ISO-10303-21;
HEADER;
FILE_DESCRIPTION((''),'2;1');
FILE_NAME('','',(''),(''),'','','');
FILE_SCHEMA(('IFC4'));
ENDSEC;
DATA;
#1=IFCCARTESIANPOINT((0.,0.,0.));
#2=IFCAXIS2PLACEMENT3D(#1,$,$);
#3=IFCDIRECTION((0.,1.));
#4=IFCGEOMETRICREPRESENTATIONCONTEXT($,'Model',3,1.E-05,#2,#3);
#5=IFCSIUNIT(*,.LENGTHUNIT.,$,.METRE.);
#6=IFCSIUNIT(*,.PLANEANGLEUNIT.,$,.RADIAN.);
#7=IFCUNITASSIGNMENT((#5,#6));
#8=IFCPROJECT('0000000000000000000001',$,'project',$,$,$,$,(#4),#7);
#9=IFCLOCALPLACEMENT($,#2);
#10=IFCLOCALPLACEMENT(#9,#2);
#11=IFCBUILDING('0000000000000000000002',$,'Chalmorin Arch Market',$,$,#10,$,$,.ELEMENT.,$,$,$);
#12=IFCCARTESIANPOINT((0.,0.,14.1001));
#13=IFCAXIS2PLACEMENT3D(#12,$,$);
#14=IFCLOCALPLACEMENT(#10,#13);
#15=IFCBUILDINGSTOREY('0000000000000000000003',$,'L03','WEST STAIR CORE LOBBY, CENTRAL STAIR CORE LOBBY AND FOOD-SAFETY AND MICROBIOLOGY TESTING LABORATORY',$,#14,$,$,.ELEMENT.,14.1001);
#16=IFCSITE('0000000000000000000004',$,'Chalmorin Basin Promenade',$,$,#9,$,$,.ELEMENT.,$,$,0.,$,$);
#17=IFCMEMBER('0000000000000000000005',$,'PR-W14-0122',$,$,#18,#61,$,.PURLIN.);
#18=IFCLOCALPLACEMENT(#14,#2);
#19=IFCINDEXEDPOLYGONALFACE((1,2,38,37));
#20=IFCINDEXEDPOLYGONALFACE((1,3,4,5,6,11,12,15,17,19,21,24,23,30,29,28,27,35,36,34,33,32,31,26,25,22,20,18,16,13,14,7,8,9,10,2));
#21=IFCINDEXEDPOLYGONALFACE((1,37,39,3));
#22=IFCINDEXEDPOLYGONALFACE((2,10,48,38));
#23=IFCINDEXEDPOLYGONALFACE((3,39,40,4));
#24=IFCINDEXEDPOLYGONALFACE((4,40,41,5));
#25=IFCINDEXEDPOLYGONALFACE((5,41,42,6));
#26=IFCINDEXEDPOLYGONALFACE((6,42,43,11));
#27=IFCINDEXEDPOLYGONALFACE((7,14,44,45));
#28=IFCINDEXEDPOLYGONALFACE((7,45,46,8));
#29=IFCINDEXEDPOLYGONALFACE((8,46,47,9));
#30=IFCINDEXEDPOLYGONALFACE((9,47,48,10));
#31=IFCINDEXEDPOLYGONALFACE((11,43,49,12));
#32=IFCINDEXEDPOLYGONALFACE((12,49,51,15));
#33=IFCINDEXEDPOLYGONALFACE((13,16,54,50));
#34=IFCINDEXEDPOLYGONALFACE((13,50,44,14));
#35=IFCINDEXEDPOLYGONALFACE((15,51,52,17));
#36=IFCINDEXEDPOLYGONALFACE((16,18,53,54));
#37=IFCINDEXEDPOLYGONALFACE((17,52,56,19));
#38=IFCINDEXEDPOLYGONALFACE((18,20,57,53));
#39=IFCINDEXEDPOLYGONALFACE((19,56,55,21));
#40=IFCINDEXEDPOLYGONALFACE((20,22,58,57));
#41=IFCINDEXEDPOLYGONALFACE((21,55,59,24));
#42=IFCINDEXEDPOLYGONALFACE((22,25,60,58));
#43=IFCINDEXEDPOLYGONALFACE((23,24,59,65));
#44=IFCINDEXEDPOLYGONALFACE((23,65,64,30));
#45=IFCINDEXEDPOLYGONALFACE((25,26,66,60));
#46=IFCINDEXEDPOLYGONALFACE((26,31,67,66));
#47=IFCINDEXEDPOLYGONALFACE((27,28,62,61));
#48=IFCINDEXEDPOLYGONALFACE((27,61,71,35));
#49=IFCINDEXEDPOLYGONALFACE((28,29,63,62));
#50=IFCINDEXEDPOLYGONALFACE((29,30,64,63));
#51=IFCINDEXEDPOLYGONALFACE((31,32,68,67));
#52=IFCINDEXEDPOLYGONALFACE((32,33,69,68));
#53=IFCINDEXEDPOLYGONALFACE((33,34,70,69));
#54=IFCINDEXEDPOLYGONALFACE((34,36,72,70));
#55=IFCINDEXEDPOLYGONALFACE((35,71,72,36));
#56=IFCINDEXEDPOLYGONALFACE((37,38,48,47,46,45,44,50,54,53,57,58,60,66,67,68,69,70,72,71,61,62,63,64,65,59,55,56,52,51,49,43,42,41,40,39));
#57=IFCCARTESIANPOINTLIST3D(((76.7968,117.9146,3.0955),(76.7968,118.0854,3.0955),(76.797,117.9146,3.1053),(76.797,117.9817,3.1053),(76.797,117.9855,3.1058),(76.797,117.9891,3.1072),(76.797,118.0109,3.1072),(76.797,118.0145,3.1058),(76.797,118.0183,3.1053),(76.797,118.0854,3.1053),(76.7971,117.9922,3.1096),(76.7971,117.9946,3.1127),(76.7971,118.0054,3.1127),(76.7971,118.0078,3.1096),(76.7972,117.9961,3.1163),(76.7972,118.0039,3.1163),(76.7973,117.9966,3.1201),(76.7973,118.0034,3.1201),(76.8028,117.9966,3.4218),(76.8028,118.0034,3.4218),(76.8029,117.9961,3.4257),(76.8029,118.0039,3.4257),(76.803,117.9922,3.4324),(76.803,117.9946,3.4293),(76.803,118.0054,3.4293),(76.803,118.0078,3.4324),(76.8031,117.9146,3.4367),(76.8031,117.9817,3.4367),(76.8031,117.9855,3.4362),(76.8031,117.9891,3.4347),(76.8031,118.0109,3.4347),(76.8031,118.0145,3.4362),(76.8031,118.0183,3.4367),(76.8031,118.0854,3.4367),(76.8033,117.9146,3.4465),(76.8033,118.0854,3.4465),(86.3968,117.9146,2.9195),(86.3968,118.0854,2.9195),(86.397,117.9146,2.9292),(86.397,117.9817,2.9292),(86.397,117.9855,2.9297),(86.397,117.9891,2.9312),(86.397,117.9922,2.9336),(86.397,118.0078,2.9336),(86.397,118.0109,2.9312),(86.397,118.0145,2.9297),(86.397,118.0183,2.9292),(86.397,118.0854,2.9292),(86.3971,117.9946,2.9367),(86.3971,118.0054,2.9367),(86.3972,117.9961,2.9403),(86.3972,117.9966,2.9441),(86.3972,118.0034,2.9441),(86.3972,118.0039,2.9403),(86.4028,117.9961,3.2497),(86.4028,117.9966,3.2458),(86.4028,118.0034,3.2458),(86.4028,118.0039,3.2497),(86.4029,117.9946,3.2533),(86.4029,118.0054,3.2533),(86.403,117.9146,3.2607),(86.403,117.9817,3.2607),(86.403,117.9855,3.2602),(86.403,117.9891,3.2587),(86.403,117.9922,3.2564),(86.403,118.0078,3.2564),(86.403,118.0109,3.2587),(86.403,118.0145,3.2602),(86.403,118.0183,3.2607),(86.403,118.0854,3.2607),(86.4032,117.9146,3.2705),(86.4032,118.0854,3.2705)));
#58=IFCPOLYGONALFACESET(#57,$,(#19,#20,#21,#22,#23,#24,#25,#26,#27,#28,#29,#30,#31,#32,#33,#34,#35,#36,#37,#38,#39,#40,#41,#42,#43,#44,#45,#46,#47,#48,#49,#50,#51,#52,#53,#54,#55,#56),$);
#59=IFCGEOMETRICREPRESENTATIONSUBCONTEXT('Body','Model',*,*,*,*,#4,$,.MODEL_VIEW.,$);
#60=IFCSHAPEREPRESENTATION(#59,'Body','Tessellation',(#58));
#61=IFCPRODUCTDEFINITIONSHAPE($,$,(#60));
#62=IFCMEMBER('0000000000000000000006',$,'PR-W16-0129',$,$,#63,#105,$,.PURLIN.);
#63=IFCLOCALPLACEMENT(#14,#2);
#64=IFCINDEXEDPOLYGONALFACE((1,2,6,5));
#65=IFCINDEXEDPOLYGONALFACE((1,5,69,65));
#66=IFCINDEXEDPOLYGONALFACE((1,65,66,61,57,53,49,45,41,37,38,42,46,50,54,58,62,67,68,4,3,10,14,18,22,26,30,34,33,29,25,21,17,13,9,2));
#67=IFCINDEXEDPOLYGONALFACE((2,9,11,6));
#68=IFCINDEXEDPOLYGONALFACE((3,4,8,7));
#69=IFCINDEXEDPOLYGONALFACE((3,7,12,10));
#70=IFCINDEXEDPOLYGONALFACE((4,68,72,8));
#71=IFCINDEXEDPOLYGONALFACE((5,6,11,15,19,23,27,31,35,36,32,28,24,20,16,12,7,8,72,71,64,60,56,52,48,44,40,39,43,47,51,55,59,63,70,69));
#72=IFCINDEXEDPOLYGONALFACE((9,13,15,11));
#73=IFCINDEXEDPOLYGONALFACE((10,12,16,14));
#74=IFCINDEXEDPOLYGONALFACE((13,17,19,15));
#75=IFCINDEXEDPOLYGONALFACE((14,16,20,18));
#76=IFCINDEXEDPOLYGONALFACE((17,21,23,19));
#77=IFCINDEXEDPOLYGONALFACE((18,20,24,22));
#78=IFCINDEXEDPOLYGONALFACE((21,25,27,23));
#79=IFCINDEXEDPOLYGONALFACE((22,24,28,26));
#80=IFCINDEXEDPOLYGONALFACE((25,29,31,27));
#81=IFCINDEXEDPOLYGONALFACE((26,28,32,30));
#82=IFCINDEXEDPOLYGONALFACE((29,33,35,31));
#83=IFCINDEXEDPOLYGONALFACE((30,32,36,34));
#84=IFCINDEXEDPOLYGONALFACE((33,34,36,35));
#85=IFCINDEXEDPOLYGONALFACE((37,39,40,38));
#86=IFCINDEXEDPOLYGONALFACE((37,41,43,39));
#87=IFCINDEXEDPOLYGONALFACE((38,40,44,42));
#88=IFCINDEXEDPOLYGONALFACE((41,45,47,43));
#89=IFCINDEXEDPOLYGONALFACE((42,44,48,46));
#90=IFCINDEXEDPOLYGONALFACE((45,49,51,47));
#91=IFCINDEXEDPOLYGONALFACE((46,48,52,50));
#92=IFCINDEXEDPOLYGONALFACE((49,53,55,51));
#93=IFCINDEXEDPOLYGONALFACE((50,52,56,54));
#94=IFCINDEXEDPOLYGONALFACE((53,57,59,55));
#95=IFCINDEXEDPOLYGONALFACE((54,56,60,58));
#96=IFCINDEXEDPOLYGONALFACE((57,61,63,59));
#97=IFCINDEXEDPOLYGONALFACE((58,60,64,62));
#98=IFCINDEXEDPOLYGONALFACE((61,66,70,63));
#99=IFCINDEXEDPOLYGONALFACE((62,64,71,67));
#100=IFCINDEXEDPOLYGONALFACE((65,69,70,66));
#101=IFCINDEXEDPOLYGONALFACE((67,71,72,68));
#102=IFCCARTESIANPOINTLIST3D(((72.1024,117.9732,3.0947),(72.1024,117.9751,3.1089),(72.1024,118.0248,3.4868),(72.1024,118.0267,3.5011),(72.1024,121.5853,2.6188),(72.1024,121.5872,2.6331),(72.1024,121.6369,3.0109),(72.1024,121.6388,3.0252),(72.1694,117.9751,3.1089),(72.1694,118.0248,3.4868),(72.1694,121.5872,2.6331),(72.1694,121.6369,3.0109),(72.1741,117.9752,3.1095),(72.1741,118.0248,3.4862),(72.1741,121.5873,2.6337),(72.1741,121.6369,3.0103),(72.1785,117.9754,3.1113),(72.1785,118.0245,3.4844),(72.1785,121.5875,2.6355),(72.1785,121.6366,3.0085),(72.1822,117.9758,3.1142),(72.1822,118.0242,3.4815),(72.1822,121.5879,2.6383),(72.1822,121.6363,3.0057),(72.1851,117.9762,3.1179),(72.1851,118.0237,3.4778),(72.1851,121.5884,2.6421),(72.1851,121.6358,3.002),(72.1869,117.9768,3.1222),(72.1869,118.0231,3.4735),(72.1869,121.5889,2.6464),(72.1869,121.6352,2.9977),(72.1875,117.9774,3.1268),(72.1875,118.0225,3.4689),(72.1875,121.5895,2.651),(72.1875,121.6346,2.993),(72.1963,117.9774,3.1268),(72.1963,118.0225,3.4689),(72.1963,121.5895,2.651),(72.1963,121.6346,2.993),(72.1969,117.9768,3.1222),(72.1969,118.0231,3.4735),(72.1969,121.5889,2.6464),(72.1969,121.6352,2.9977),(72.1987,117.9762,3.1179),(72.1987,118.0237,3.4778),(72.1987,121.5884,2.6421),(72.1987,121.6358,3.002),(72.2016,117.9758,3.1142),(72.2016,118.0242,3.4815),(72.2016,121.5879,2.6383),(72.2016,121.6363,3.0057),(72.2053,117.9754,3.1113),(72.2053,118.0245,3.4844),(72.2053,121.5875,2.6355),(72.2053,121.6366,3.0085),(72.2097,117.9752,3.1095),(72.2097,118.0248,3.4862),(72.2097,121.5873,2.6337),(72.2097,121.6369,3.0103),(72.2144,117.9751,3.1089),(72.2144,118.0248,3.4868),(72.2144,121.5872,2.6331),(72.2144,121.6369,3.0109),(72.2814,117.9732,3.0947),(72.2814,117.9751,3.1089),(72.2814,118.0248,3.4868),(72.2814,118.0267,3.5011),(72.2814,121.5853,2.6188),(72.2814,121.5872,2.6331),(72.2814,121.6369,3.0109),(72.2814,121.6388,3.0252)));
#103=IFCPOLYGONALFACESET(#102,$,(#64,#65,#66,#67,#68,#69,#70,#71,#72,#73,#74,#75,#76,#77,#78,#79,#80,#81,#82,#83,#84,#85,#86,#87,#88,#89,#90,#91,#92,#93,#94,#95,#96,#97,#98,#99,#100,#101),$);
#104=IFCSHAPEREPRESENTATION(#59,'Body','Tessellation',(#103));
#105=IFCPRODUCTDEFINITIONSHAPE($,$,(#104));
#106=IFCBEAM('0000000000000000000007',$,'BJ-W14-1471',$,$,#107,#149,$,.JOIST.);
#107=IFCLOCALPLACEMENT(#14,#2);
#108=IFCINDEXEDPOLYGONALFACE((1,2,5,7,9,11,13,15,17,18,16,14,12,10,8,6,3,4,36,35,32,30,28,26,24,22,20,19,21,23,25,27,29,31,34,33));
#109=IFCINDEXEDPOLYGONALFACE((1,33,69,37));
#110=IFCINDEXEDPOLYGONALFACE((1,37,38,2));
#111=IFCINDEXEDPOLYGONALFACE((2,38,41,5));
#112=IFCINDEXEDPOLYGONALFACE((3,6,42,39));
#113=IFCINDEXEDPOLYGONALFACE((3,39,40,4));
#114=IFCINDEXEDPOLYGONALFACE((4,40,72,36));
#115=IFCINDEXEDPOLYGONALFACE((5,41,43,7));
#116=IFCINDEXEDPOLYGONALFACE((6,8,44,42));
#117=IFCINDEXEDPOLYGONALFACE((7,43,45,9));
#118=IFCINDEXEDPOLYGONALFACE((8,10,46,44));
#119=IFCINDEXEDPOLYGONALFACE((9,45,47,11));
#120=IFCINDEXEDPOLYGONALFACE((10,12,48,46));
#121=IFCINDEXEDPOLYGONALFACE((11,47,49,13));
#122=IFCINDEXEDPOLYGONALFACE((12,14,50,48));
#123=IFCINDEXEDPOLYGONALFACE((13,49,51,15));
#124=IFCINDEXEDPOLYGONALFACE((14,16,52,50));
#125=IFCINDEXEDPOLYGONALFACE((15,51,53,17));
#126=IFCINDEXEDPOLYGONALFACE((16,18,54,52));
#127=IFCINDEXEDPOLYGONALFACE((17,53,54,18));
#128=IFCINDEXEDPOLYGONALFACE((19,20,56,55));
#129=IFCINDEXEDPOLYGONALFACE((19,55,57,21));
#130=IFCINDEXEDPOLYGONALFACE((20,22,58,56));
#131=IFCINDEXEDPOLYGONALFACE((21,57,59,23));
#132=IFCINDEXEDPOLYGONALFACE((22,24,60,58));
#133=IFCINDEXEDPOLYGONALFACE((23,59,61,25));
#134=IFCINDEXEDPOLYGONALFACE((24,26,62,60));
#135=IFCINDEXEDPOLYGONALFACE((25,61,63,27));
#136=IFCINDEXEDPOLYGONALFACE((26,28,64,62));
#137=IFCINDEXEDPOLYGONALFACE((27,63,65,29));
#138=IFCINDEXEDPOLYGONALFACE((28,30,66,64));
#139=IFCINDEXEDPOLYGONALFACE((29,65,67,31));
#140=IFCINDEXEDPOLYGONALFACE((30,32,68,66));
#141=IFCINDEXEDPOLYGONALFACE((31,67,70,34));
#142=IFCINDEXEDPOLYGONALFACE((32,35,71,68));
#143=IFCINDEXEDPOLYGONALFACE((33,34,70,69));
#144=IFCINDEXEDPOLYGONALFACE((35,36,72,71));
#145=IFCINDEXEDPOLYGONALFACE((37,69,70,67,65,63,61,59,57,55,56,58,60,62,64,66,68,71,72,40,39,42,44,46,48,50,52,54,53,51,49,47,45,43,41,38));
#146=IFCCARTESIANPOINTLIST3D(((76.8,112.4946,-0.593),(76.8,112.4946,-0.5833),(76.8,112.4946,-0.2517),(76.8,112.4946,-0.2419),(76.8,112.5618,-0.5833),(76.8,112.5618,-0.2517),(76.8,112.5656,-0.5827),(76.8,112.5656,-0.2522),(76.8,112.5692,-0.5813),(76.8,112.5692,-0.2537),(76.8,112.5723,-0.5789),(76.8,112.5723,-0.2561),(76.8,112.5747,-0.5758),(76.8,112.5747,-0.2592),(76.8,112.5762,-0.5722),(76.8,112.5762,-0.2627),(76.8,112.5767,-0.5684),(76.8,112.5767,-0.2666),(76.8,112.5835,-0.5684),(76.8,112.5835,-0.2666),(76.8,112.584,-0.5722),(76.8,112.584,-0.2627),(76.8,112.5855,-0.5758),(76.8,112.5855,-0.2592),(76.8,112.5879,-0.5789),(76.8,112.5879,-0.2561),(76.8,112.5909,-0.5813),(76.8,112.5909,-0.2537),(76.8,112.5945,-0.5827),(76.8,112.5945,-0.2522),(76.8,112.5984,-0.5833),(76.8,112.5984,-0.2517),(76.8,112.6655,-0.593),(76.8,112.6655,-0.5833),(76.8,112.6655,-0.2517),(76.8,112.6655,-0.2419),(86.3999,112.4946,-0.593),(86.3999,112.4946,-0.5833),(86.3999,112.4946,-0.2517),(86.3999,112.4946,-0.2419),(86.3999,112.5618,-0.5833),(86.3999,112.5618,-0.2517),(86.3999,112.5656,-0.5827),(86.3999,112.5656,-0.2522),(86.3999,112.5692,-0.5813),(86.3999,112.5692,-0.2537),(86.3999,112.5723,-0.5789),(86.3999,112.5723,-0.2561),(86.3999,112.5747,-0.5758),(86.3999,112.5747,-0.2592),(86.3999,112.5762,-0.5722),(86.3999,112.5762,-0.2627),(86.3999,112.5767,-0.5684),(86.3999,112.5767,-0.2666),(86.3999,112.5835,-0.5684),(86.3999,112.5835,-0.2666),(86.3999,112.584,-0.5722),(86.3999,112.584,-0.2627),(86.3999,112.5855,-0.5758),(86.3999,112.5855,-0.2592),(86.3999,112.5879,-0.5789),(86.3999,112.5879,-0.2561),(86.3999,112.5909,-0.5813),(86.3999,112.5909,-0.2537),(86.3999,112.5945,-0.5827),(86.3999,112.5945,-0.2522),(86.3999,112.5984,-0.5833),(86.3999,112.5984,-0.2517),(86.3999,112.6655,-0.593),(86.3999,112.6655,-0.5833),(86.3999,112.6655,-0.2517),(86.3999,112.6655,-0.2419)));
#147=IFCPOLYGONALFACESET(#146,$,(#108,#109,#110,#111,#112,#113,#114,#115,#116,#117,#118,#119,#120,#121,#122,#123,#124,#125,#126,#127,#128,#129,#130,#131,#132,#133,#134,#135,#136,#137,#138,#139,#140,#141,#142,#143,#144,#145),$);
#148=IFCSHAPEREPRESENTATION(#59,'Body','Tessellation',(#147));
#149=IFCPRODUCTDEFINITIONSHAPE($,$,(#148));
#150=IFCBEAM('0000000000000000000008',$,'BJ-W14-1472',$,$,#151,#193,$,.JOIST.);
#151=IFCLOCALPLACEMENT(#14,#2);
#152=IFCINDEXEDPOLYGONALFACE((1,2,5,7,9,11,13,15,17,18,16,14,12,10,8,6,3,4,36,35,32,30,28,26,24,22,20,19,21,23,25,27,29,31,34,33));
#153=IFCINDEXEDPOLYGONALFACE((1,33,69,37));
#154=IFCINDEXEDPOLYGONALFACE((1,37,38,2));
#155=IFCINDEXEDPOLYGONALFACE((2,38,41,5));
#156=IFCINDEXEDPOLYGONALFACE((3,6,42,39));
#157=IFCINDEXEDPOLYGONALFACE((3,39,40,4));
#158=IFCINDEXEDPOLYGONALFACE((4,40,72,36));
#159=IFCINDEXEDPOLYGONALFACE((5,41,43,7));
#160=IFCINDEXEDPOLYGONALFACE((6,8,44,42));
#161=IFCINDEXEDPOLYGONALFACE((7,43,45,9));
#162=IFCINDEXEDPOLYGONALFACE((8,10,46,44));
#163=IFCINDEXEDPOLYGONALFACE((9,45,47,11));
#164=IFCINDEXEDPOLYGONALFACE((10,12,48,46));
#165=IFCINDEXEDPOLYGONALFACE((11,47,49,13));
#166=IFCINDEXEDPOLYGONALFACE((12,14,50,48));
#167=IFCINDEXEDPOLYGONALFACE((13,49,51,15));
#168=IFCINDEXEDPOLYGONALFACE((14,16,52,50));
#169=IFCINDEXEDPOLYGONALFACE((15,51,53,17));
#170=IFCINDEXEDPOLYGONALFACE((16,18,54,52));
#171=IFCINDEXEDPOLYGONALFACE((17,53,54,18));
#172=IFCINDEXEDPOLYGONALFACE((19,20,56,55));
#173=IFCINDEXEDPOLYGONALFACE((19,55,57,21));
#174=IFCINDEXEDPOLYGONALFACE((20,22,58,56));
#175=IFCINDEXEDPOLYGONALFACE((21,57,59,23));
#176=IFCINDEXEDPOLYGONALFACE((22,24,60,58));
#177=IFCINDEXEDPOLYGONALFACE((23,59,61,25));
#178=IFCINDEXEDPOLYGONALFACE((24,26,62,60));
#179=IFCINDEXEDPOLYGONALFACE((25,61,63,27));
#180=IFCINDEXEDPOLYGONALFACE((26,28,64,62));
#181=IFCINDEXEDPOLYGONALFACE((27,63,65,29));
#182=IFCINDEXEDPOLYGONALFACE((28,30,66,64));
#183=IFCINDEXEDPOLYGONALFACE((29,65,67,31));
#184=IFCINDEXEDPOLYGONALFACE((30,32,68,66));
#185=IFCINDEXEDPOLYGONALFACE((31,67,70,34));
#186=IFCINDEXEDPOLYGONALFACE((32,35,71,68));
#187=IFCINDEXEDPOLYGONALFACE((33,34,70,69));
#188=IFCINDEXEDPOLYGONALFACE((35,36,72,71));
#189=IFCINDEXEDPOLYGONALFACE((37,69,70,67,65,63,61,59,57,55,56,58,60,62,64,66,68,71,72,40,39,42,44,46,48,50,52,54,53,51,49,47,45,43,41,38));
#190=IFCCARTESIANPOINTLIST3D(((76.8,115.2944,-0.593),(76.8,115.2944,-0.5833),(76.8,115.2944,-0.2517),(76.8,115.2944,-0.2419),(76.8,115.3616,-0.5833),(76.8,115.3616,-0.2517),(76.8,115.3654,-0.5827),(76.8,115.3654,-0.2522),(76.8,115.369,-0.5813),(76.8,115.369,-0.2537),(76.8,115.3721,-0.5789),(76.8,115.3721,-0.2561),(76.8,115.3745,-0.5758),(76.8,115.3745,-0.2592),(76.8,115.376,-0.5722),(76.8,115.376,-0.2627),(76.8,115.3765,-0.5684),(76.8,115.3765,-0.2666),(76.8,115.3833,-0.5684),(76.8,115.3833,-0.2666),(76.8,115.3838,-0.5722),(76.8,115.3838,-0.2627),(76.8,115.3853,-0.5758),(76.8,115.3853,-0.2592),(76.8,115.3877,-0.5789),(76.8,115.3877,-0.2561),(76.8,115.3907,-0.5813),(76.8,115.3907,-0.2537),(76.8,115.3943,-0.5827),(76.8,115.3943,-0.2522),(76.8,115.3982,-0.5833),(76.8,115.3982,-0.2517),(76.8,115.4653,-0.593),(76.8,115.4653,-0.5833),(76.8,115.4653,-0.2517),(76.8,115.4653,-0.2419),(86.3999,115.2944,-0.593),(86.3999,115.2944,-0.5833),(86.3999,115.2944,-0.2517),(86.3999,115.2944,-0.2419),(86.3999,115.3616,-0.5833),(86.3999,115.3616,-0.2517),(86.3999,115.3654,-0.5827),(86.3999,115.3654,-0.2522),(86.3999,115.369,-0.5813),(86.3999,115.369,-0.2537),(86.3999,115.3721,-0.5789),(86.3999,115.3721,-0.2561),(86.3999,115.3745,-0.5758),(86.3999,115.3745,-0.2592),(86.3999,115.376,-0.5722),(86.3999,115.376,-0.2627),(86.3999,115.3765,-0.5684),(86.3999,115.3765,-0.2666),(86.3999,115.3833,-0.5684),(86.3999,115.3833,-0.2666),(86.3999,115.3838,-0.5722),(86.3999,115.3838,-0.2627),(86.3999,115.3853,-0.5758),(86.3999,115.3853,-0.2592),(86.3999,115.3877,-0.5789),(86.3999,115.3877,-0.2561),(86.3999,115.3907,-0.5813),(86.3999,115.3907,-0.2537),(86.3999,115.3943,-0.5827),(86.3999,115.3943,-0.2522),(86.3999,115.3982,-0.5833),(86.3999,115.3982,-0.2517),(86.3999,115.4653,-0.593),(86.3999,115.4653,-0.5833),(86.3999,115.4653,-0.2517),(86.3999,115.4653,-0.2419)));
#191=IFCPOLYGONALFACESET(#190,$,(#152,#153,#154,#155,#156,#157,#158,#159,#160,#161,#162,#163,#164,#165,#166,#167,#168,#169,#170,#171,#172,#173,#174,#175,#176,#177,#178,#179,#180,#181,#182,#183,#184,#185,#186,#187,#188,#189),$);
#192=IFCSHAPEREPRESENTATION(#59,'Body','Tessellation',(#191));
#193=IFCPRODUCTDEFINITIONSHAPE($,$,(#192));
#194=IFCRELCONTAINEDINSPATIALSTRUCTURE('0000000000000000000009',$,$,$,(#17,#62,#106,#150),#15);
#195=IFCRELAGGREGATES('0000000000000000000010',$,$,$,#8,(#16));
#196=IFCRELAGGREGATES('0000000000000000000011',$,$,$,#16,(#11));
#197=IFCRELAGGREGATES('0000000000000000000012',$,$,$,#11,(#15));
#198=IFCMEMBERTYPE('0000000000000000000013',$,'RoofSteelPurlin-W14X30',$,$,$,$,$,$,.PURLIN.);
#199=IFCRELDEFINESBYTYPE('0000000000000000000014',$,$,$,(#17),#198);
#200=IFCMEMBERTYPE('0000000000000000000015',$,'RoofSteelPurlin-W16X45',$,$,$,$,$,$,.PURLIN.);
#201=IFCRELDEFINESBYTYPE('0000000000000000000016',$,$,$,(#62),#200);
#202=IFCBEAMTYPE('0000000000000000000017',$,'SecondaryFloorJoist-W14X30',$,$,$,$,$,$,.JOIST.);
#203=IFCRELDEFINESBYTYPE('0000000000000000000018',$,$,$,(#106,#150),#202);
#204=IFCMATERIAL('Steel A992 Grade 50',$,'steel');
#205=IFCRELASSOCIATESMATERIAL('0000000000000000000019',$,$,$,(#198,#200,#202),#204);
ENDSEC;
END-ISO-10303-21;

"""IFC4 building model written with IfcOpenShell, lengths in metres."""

from ifc_helpers import new_model, si_unit, direction, frame, origin, origin_2d, place, context, subcontext, project, spatial, i_section, extrude, material, material_profile, profile_set, type_object, element, save


model = new_model("IFC4")

# Units and contexts
model_context = context("Model", 3, precision=1e-05, world=origin(), true_north=direction((0.0, 1.0)))
body_context = subcontext(model_context, "Body", "Model", "MODEL_VIEW")
ifc_project = project(units=[si_unit("LENGTHUNIT", "METRE"), si_unit("PLANEANGLEUNIT", "RADIAN")], contexts=[model_context])

# Site, building, storey
site_placement = place(None, origin())
site = spatial("IfcSite", under=ifc_project, at=site_placement, Name="Chalmorin Basin Promenade", CompositionType="ELEMENT", RefElevation=0.0)
building_placement = place(site_placement, origin())
building = spatial("IfcBuilding", under=site, at=building_placement, Name="Chalmorin Arch Market", CompositionType="ELEMENT")
storey_placement = place(building_placement, frame((0.0, 0.0, 14.1001)))
storey = spatial("IfcBuildingStorey", under=building, at=storey_placement, Name="L03", Description="WEST STAIR CORE LOBBY, CENTRAL STAIR CORE LOBBY AND FOOD-SAFETY AND MICROBIOLOGY TESTING LABORATORY", CompositionType="ELEMENT", Elevation=14.1001)

# Shared definitions
ifc_material_1 = material(Name="Steel A992 Grade 50", Category="steel")

# Members
ifc_material_profile_1 = material_profile(ifc_material_1, i_section(OverallWidth=0.1709, OverallDepth=0.3511, WebThickness=0.0068, FlangeThickness=0.0098, FilletRadius=0.0149, at=origin_2d()), Name="W14X30")
ifc_profile_set_1 = profile_set([ifc_material_profile_1], Name="Steel A992 Grade 50")
member_type_1 = type_object("IfcMemberType", Name="RoofSteelPurlin-W14X30", PredefinedType="PURLIN", material=ifc_profile_set_1)
member_1_placement = place(storey_placement, frame((76.8, 118.0, 3.271), z_axis=(0.999832, 0.0, -0.018333), x_axis=(0.0, 1.0, 0.0)))
element("IfcMember", 1, at=member_1_placement, inside=storey, type_object=member_type_1, Name="PR-W14-0122", PredefinedType="PURLIN", context=body_context, shape_type="SweptSolid", body=[
    extrude(i_section(OverallWidth=0.1709, OverallDepth=0.3511, WebThickness=0.0068, FlangeThickness=0.0098, FilletRadius=0.0149, at=origin_2d()), origin(), (0.0, 0.0, 1.0), 9.6016),
])
ifc_material_profile_2 = material_profile(ifc_material_1, i_section(OverallWidth=0.179, OverallDepth=0.4099, WebThickness=0.0088, FlangeThickness=0.0144, FilletRadius=0.0181, at=origin_2d()), Name="W16X45")
ifc_profile_set_2 = profile_set([ifc_material_profile_2], Name="Steel A992 Grade 50")
member_type_2 = type_object("IfcMemberType", Name="RoofSteelPurlin-W16X45", PredefinedType="PURLIN", material=ifc_profile_set_2)
member_2_placement = place(storey_placement, frame((72.1919, 121.6121, 2.822), z_axis=(0.0, -0.991434, 0.130605), x_axis=(1.0, 0.0, 0.0)))
element("IfcMember", 2, at=member_2_placement, inside=storey, type_object=member_type_2, Name="PR-W16-0129", PredefinedType="PURLIN", context=body_context, shape_type="SweptSolid", body=[
    extrude(i_section(OverallWidth=0.179, OverallDepth=0.4099, WebThickness=0.0088, FlangeThickness=0.0144, FilletRadius=0.0181, at=origin_2d()), origin(), (0.0, 0.0, 1.0), 3.6433),
])

# Beams
ifc_material_profile_3 = material_profile(ifc_material_1, i_section(OverallWidth=0.1709, OverallDepth=0.3511, WebThickness=0.0068, FlangeThickness=0.0098, FilletRadius=0.0149, at=origin_2d()), Name="W14X30")
ifc_profile_set_3 = profile_set([ifc_material_profile_3], Name="Steel A992 Grade 50")
beam_type_1 = type_object("IfcBeamType", Name="SecondaryFloorJoist-W14X30", PredefinedType="JOIST", material=ifc_profile_set_3)
for number, where, z_axis, x_axis, name in (
    (3, (76.8, 112.5801, -0.4175), (1.0, 0.0, 0.0), (0.0, 1.0, 0.0), "BJ-W14-1471"),
    (4, (76.8, 115.3799, -0.4175), (1.0, 0.0, 0.0), (0.0, 1.0, 0.0), "BJ-W14-1472"),
):
    element("IfcBeam", number, at=place(storey_placement, frame(where, z_axis=z_axis, x_axis=x_axis)), inside=storey, type_object=beam_type_1, Name=name, PredefinedType="JOIST", context=body_context, shape_type="SweptSolid", body=[
        extrude(i_section(OverallWidth=0.1709, OverallDepth=0.3511, WebThickness=0.0068, FlangeThickness=0.0098, FilletRadius=0.0149, at=origin_2d()), origin(), (0.0, 0.0, 1.0), 9.5999),
    ])

save(model, "model.ifc")
